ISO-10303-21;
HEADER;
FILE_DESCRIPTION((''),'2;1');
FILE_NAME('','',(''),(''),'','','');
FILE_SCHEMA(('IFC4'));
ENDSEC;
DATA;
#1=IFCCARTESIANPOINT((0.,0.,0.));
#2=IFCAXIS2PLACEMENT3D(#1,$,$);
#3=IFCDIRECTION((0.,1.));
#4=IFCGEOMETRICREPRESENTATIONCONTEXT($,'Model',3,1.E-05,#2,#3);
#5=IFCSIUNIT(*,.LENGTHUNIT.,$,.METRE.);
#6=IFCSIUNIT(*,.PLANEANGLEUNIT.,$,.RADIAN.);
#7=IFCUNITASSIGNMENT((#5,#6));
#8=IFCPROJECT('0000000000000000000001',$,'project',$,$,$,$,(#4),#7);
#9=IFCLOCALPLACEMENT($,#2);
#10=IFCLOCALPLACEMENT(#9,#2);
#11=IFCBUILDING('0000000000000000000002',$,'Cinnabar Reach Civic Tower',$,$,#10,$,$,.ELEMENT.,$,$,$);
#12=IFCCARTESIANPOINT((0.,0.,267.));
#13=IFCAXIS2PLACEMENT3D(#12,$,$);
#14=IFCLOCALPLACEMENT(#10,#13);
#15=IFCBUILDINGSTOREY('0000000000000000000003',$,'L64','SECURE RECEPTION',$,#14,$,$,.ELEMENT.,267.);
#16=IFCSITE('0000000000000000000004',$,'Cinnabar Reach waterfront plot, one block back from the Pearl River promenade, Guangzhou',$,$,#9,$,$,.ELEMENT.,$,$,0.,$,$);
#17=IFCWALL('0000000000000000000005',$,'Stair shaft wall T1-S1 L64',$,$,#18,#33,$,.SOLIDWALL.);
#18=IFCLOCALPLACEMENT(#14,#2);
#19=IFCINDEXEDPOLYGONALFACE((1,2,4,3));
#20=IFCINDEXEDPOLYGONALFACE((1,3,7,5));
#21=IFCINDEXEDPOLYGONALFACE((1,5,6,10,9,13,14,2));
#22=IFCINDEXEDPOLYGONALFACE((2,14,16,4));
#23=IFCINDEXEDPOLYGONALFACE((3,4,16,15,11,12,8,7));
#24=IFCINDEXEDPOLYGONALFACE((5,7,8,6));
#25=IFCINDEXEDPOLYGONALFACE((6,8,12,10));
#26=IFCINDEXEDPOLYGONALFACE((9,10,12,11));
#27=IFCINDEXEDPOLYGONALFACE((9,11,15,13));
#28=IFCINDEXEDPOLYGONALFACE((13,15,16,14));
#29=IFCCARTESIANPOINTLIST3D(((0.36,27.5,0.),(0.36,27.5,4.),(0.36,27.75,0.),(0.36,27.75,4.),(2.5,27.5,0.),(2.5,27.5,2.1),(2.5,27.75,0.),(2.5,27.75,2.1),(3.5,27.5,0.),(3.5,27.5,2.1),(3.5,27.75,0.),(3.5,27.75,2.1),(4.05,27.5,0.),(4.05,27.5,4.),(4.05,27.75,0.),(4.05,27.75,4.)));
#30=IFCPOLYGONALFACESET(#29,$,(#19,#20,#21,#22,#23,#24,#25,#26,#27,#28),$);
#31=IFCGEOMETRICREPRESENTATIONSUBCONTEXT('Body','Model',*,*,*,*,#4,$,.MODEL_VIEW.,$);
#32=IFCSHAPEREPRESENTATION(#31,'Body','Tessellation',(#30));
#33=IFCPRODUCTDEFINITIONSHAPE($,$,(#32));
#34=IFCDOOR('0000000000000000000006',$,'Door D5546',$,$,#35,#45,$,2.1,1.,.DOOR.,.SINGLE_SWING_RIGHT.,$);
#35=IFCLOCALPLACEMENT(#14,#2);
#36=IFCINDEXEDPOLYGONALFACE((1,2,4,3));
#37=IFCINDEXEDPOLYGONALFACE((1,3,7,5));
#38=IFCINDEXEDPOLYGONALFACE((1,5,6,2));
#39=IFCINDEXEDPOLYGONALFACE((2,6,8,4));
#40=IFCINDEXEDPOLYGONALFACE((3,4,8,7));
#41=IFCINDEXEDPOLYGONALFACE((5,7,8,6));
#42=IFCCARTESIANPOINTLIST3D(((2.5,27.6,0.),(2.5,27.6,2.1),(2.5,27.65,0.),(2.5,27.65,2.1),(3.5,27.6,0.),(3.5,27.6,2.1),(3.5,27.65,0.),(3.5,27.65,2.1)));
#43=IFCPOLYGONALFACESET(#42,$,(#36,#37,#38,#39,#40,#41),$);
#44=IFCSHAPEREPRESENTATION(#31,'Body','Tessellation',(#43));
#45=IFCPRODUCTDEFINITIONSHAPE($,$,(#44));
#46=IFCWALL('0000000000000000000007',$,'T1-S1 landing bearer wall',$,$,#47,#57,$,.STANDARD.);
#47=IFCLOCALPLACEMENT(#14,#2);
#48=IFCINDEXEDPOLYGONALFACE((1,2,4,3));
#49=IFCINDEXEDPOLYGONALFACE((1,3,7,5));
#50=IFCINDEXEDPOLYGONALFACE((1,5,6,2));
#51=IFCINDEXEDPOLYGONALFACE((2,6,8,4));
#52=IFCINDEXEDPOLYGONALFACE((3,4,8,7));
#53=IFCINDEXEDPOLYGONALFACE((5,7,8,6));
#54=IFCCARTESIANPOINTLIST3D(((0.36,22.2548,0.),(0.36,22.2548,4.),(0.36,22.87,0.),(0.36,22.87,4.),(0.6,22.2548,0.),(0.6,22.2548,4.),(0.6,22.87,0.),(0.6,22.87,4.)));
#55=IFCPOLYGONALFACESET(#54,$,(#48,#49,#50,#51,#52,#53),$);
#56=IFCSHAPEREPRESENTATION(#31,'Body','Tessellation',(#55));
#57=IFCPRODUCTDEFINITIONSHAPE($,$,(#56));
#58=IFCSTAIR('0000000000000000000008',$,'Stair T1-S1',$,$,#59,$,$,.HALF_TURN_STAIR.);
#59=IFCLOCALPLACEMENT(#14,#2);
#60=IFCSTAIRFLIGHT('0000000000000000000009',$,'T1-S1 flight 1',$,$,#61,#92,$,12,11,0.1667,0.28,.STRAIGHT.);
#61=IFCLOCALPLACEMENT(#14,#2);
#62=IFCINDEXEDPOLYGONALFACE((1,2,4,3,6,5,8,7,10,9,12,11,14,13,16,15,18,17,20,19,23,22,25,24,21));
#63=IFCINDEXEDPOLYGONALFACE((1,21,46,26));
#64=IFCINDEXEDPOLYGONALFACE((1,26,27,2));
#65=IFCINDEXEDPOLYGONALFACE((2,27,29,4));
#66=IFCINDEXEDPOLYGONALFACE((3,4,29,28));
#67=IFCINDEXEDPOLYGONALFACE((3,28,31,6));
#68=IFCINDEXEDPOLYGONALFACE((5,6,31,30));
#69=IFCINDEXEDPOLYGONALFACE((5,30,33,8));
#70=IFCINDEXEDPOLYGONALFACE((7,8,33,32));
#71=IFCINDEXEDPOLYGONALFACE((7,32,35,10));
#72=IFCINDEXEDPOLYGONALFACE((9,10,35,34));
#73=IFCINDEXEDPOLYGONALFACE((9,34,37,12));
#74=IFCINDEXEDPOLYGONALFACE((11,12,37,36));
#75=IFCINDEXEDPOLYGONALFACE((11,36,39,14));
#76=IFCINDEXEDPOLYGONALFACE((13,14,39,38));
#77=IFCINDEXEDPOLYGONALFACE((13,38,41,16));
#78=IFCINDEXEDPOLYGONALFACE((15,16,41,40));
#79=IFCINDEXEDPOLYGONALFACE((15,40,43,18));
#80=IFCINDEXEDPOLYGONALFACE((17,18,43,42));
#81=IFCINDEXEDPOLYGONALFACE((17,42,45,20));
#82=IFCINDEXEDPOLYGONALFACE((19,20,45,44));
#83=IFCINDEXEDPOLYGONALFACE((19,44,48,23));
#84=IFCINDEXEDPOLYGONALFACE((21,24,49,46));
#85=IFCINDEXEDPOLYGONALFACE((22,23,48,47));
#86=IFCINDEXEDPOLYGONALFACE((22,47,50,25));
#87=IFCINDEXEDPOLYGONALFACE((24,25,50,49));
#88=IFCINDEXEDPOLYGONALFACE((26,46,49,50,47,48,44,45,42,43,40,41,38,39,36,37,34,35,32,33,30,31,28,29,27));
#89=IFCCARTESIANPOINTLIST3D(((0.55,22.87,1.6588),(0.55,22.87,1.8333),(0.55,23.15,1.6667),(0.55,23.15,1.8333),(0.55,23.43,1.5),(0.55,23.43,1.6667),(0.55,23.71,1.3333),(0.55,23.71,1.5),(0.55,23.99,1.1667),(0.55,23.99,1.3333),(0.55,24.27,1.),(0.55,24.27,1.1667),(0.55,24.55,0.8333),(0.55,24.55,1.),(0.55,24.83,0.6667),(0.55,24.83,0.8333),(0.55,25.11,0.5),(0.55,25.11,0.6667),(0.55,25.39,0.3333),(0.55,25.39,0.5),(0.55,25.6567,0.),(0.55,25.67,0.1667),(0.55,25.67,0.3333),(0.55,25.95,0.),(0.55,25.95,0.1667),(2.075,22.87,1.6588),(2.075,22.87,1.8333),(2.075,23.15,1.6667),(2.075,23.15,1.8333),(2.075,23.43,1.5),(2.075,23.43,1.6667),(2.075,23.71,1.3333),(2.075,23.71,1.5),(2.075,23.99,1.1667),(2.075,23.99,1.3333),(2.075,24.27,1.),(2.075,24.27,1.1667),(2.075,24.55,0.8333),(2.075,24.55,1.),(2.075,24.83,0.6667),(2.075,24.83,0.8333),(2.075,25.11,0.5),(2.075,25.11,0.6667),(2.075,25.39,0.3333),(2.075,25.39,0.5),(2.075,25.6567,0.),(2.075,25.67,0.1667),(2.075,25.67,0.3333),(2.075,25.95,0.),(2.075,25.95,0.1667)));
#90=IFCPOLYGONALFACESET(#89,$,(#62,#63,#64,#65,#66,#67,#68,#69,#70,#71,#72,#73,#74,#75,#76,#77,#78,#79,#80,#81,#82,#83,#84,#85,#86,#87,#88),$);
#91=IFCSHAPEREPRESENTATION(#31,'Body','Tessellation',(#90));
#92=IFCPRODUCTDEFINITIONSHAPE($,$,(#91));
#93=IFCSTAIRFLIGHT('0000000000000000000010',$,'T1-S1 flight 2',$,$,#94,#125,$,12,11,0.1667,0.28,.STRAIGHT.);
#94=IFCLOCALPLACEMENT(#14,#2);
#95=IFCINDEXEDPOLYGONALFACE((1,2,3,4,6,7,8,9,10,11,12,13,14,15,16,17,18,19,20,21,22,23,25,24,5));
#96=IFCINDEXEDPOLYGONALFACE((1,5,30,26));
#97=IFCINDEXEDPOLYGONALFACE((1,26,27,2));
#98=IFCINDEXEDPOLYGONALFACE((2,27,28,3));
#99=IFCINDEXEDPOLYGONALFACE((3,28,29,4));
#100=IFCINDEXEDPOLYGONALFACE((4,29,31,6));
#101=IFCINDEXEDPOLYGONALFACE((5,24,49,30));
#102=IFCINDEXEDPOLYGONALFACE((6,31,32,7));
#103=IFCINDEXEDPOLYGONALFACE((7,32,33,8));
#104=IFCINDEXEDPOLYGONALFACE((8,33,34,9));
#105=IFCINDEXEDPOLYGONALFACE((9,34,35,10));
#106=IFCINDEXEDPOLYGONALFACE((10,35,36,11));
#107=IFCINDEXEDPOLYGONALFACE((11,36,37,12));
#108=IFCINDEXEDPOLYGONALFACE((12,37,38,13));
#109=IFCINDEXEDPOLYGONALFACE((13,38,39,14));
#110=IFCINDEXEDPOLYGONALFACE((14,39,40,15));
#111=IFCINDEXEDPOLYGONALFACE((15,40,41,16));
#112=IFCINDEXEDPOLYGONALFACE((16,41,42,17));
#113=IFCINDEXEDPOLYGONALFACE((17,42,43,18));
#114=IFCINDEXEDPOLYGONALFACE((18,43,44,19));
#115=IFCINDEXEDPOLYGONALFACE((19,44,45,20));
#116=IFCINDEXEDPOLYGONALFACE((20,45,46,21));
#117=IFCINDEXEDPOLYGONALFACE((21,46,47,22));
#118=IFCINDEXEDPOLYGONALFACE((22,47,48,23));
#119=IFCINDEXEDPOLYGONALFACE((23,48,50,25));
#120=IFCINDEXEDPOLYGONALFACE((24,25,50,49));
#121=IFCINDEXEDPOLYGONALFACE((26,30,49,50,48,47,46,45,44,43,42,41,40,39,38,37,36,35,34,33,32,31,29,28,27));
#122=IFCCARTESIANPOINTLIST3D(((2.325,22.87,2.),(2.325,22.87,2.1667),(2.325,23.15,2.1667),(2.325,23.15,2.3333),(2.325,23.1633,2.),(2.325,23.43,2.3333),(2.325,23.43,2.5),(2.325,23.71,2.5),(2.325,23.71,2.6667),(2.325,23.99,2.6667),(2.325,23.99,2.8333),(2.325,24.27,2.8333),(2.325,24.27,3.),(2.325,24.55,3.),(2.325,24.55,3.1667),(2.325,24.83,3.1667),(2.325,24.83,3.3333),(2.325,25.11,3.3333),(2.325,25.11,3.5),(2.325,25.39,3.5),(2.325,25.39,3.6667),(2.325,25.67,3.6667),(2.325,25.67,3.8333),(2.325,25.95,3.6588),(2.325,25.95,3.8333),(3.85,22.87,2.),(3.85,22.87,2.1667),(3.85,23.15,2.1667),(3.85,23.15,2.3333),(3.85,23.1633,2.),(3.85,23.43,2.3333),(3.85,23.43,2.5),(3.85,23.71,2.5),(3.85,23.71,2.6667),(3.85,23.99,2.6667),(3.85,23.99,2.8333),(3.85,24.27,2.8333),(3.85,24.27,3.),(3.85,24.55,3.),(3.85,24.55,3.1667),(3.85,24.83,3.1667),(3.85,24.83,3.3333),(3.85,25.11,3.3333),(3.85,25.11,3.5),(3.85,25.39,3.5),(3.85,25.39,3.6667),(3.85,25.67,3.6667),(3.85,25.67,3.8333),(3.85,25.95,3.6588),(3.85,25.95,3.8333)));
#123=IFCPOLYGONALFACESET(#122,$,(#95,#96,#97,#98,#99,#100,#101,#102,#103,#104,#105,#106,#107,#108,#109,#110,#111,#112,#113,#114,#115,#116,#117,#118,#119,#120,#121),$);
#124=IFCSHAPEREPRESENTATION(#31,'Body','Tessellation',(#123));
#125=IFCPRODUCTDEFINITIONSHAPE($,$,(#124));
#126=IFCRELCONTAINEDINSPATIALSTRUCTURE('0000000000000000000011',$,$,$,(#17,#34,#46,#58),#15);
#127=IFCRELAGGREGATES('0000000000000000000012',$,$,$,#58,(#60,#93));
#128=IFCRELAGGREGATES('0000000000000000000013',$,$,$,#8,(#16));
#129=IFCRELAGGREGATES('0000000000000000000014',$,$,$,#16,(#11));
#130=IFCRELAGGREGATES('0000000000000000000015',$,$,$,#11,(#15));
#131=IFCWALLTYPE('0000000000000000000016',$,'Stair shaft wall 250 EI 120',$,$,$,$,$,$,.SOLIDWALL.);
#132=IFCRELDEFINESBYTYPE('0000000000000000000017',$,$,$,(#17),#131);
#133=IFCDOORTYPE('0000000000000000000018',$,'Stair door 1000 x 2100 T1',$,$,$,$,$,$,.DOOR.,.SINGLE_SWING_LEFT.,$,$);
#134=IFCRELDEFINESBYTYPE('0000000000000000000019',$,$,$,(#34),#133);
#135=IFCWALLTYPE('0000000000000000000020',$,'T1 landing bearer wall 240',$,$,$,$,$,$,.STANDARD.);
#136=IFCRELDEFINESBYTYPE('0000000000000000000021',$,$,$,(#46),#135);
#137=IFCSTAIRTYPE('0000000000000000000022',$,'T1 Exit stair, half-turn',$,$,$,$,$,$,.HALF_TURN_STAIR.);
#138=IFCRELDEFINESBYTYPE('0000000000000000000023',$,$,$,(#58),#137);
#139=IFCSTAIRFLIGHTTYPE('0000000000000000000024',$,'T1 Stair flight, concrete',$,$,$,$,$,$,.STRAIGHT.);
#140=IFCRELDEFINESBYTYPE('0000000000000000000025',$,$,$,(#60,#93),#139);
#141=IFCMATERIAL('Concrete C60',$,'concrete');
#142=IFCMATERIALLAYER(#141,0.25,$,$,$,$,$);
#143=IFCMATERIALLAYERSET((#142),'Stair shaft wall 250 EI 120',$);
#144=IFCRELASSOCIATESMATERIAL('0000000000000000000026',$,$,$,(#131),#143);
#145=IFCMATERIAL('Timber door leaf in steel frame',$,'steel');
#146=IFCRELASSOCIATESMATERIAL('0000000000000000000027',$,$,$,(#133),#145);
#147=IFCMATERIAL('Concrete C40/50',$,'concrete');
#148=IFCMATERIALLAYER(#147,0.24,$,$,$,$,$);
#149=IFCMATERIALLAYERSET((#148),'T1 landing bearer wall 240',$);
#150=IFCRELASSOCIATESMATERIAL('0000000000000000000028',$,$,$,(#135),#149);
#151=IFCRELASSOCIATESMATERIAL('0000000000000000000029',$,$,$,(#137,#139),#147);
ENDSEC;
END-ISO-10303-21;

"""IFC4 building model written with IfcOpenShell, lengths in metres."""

from ifc_helpers import new_model, si_unit, direction, frame, frame_2d, origin, place, context, subcontext, project, spatial, polyline, rectangle, outline, extrude, material, layer, layer_set, type_object, element, fill, aggregate, save


model = new_model("IFC4")

# Units and contexts
model_context = context("Model", 3, precision=1e-05, world=origin(), true_north=direction((0.0, 1.0)))
body_context = subcontext(model_context, "Body", "Model", "MODEL_VIEW")
ifc_project = project(units=[si_unit("LENGTHUNIT", "METRE"), si_unit("PLANEANGLEUNIT", "RADIAN")], contexts=[model_context])

# Site, building, storey
site_placement = place(None, origin())
site = spatial("IfcSite", under=ifc_project, at=site_placement, Name="Cinnabar Reach waterfront plot, one block back from the Pearl River promenade, Guangzhou", CompositionType="ELEMENT", RefElevation=0.0)
building_placement = place(site_placement, origin())
building = spatial("IfcBuilding", under=site, at=building_placement, Name="Cinnabar Reach Civic Tower", CompositionType="ELEMENT")
storey_placement = place(building_placement, frame((0.0, 0.0, 267.0)))
storey = spatial("IfcBuildingStorey", under=building, at=storey_placement, Name="L64", Description="SECURE RECEPTION", CompositionType="ELEMENT", Elevation=267.0)

# Shared definitions
ifc_material_1 = material(Name="Concrete C60", Category="concrete")

# Shared definitions
ifc_material_2 = material(Name="Timber door leaf in steel frame", Category="steel")

# Wall, opening, door
ifc_layer_1 = layer(ifc_material_1, 0.25)
ifc_layer_set_1 = layer_set([ifc_layer_1], Name="Stair shaft wall 250 EI 120")
wall_type_1 = type_object("IfcWallType", Name="Stair shaft wall 250 EI 120", PredefinedType="SOLIDWALL", material=ifc_layer_set_1)
wall_1_placement = place(storey_placement, frame((4.05, 27.625, 0.0), z_axis=(0.0, 0.0, 1.0), x_axis=(-1.0, 0.0, 0.0)))
wall_1 = element("IfcWall", 1, at=wall_1_placement, inside=storey, type_object=wall_type_1, Name="Stair shaft wall T1-S1 L64", PredefinedType="SOLIDWALL", context=body_context, shape_type="SweptSolid", body=[
    extrude(rectangle(XDim=3.69, YDim=0.25, at=frame_2d((1.845, 0.0))), origin(), (0.0, 0.0, 1.0), 4.0),
])
opening_1_placement = place(wall_1_placement, frame((0.55, 0.0, 0.0)))
opening_1 = element("IfcOpeningElement", 2, at=opening_1_placement, cuts=wall_1, PredefinedType="OPENING", context=body_context, shape_type="SweptSolid", body=[
    extrude(rectangle(XDim=1.0, YDim=2.1, at=frame_2d((0.5, 1.05))), frame((0.0, 0.135, 0.0), z_axis=(0.0, -1.0, 0.0), x_axis=(1.0, 0.0, 0.0)), (0.0, 0.0, 1.0), 0.27),
])
door_type_1 = type_object("IfcDoorType", Name="Stair door 1000 x 2100 T1", OperationType="SINGLE_SWING_LEFT", PredefinedType="DOOR", material=ifc_material_2)
door_1_placement = place(opening_1_placement, origin())
door_1 = element("IfcDoor", 3, at=door_1_placement, inside=storey, type_object=door_type_1, Name="Door D5546", OperationType="SINGLE_SWING_RIGHT", OverallHeight=2.1, OverallWidth=1.0, PredefinedType="DOOR", context=body_context, shape_type="SweptSolid", body=[
    extrude(rectangle(XDim=1.0, YDim=2.1, at=frame_2d((0.5, 1.05))), frame((0.0, 0.025, 0.0), z_axis=(0.0, -1.0, 0.0), x_axis=(1.0, 0.0, 0.0)), (0.0, 0.0, 1.0), 0.05),
])
fill(opening_1, door_1)

# Wall
ifc_material_3 = material(Name="Concrete C40/50", Category="concrete")
ifc_layer_2 = layer(ifc_material_3, 0.24)
ifc_layer_set_2 = layer_set([ifc_layer_2], Name="T1 landing bearer wall 240")
wall_type_2 = type_object("IfcWallType", Name="T1 landing bearer wall 240", PredefinedType="STANDARD", material=ifc_layer_set_2)
wall_2_placement = place(storey_placement, frame((0.48, 22.2549, 0.0), z_axis=(0.0, 0.0, 1.0), x_axis=(0.0, 1.0, 0.0)))
element("IfcWall", 4, at=wall_2_placement, inside=storey, type_object=wall_type_2, Name="T1-S1 landing bearer wall", PredefinedType="STANDARD", context=body_context, shape_type="SweptSolid", body=[
    extrude(rectangle(XDim=0.6151, YDim=0.24, at=frame_2d((0.3075, 0.0))), origin(), (0.0, 0.0, 1.0), 4.0),
])

# Stair, stair flights
stair_type = type_object("IfcStairType", Name="T1 Exit stair, half-turn", PredefinedType="HALF_TURN_STAIR", material=ifc_material_3)
stair_placement = place(storey_placement, origin())
stair = element("IfcStair", 5, at=stair_placement, inside=storey, type_object=stair_type, Name="Stair T1-S1", PredefinedType="HALF_TURN_STAIR")
stair_flight_type = type_object("IfcStairFlightType", Name="T1 Stair flight, concrete", PredefinedType="STRAIGHT", material=ifc_material_3)
stair_flight_1_placement = place(storey_placement, frame((1.3125, 25.95, 0.0), z_axis=(0.0, 0.0, 1.0), x_axis=(0.0, -1.0, 0.0)))
stair_flight_1 = element("IfcStairFlight", 6, at=stair_flight_1_placement, type_object=stair_flight_type, Name="T1-S1 flight 1", NumberOfRisers=12, NumberOfTreads=11, PredefinedType="STRAIGHT", RiserHeight=0.1667, TreadLength=0.28, context=body_context, shape_type="SweptSolid", body=[
    extrude(outline(polyline([(0.0, 0.0), (0.0, 0.1667), (0.28, 0.1667), (0.28, 0.3333), (0.56, 0.3333), (0.56, 0.5), (0.84, 0.5), (0.84, 0.6667), (1.12, 0.6667), (1.12, 0.8333), (1.4, 0.8333), (1.4, 1.0), (1.68, 1.0), (1.68, 1.1667), (1.96, 1.1667), (1.96, 1.3333), (2.24, 1.3333), (2.24, 1.5), (2.52, 1.5), (2.52, 1.6667), (2.8, 1.6667), (2.8, 1.8333), (3.08, 1.8333), (3.08, 2.0), (3.08, 1.6588), (0.2933, 0.0), (0.0, 0.0)])), frame((0.0, 0.7625, 0.0), z_axis=(0.0, -1.0, 0.0), x_axis=(1.0, 0.0, 0.0)), (0.0, 0.0, 1.0), 1.525),
])
stair_flight_2_placement = place(storey_placement, frame((3.0875, 22.87, 2.0), z_axis=(0.0, 0.0, 1.0), x_axis=(0.0, 1.0, 0.0)))
stair_flight_2 = element("IfcStairFlight", 7, at=stair_flight_2_placement, type_object=stair_flight_type, Name="T1-S1 flight 2", NumberOfRisers=12, NumberOfTreads=11, PredefinedType="STRAIGHT", RiserHeight=0.1667, TreadLength=0.28, context=body_context, shape_type="SweptSolid", body=[
    extrude(outline(polyline([(0.0, 0.0), (0.0, 0.1667), (0.28, 0.1667), (0.28, 0.3333), (0.56, 0.3333), (0.56, 0.5), (0.84, 0.5), (0.84, 0.6667), (1.12, 0.6667), (1.12, 0.8333), (1.4, 0.8333), (1.4, 1.0), (1.68, 1.0), (1.68, 1.1667), (1.96, 1.1667), (1.96, 1.3333), (2.24, 1.3333), (2.24, 1.5), (2.52, 1.5), (2.52, 1.6667), (2.8, 1.6667), (2.8, 1.8333), (3.08, 1.8333), (3.08, 2.0), (3.08, 1.6588), (0.2933, 0.0), (0.0, 0.0)])), frame((0.0, 0.7625, 0.0), z_axis=(0.0, -1.0, 0.0), x_axis=(1.0, 0.0, 0.0)), (0.0, 0.0, 1.0), 1.525),
])
aggregate(stair, [stair_flight_1, stair_flight_2])

save(model, "model.ifc")
